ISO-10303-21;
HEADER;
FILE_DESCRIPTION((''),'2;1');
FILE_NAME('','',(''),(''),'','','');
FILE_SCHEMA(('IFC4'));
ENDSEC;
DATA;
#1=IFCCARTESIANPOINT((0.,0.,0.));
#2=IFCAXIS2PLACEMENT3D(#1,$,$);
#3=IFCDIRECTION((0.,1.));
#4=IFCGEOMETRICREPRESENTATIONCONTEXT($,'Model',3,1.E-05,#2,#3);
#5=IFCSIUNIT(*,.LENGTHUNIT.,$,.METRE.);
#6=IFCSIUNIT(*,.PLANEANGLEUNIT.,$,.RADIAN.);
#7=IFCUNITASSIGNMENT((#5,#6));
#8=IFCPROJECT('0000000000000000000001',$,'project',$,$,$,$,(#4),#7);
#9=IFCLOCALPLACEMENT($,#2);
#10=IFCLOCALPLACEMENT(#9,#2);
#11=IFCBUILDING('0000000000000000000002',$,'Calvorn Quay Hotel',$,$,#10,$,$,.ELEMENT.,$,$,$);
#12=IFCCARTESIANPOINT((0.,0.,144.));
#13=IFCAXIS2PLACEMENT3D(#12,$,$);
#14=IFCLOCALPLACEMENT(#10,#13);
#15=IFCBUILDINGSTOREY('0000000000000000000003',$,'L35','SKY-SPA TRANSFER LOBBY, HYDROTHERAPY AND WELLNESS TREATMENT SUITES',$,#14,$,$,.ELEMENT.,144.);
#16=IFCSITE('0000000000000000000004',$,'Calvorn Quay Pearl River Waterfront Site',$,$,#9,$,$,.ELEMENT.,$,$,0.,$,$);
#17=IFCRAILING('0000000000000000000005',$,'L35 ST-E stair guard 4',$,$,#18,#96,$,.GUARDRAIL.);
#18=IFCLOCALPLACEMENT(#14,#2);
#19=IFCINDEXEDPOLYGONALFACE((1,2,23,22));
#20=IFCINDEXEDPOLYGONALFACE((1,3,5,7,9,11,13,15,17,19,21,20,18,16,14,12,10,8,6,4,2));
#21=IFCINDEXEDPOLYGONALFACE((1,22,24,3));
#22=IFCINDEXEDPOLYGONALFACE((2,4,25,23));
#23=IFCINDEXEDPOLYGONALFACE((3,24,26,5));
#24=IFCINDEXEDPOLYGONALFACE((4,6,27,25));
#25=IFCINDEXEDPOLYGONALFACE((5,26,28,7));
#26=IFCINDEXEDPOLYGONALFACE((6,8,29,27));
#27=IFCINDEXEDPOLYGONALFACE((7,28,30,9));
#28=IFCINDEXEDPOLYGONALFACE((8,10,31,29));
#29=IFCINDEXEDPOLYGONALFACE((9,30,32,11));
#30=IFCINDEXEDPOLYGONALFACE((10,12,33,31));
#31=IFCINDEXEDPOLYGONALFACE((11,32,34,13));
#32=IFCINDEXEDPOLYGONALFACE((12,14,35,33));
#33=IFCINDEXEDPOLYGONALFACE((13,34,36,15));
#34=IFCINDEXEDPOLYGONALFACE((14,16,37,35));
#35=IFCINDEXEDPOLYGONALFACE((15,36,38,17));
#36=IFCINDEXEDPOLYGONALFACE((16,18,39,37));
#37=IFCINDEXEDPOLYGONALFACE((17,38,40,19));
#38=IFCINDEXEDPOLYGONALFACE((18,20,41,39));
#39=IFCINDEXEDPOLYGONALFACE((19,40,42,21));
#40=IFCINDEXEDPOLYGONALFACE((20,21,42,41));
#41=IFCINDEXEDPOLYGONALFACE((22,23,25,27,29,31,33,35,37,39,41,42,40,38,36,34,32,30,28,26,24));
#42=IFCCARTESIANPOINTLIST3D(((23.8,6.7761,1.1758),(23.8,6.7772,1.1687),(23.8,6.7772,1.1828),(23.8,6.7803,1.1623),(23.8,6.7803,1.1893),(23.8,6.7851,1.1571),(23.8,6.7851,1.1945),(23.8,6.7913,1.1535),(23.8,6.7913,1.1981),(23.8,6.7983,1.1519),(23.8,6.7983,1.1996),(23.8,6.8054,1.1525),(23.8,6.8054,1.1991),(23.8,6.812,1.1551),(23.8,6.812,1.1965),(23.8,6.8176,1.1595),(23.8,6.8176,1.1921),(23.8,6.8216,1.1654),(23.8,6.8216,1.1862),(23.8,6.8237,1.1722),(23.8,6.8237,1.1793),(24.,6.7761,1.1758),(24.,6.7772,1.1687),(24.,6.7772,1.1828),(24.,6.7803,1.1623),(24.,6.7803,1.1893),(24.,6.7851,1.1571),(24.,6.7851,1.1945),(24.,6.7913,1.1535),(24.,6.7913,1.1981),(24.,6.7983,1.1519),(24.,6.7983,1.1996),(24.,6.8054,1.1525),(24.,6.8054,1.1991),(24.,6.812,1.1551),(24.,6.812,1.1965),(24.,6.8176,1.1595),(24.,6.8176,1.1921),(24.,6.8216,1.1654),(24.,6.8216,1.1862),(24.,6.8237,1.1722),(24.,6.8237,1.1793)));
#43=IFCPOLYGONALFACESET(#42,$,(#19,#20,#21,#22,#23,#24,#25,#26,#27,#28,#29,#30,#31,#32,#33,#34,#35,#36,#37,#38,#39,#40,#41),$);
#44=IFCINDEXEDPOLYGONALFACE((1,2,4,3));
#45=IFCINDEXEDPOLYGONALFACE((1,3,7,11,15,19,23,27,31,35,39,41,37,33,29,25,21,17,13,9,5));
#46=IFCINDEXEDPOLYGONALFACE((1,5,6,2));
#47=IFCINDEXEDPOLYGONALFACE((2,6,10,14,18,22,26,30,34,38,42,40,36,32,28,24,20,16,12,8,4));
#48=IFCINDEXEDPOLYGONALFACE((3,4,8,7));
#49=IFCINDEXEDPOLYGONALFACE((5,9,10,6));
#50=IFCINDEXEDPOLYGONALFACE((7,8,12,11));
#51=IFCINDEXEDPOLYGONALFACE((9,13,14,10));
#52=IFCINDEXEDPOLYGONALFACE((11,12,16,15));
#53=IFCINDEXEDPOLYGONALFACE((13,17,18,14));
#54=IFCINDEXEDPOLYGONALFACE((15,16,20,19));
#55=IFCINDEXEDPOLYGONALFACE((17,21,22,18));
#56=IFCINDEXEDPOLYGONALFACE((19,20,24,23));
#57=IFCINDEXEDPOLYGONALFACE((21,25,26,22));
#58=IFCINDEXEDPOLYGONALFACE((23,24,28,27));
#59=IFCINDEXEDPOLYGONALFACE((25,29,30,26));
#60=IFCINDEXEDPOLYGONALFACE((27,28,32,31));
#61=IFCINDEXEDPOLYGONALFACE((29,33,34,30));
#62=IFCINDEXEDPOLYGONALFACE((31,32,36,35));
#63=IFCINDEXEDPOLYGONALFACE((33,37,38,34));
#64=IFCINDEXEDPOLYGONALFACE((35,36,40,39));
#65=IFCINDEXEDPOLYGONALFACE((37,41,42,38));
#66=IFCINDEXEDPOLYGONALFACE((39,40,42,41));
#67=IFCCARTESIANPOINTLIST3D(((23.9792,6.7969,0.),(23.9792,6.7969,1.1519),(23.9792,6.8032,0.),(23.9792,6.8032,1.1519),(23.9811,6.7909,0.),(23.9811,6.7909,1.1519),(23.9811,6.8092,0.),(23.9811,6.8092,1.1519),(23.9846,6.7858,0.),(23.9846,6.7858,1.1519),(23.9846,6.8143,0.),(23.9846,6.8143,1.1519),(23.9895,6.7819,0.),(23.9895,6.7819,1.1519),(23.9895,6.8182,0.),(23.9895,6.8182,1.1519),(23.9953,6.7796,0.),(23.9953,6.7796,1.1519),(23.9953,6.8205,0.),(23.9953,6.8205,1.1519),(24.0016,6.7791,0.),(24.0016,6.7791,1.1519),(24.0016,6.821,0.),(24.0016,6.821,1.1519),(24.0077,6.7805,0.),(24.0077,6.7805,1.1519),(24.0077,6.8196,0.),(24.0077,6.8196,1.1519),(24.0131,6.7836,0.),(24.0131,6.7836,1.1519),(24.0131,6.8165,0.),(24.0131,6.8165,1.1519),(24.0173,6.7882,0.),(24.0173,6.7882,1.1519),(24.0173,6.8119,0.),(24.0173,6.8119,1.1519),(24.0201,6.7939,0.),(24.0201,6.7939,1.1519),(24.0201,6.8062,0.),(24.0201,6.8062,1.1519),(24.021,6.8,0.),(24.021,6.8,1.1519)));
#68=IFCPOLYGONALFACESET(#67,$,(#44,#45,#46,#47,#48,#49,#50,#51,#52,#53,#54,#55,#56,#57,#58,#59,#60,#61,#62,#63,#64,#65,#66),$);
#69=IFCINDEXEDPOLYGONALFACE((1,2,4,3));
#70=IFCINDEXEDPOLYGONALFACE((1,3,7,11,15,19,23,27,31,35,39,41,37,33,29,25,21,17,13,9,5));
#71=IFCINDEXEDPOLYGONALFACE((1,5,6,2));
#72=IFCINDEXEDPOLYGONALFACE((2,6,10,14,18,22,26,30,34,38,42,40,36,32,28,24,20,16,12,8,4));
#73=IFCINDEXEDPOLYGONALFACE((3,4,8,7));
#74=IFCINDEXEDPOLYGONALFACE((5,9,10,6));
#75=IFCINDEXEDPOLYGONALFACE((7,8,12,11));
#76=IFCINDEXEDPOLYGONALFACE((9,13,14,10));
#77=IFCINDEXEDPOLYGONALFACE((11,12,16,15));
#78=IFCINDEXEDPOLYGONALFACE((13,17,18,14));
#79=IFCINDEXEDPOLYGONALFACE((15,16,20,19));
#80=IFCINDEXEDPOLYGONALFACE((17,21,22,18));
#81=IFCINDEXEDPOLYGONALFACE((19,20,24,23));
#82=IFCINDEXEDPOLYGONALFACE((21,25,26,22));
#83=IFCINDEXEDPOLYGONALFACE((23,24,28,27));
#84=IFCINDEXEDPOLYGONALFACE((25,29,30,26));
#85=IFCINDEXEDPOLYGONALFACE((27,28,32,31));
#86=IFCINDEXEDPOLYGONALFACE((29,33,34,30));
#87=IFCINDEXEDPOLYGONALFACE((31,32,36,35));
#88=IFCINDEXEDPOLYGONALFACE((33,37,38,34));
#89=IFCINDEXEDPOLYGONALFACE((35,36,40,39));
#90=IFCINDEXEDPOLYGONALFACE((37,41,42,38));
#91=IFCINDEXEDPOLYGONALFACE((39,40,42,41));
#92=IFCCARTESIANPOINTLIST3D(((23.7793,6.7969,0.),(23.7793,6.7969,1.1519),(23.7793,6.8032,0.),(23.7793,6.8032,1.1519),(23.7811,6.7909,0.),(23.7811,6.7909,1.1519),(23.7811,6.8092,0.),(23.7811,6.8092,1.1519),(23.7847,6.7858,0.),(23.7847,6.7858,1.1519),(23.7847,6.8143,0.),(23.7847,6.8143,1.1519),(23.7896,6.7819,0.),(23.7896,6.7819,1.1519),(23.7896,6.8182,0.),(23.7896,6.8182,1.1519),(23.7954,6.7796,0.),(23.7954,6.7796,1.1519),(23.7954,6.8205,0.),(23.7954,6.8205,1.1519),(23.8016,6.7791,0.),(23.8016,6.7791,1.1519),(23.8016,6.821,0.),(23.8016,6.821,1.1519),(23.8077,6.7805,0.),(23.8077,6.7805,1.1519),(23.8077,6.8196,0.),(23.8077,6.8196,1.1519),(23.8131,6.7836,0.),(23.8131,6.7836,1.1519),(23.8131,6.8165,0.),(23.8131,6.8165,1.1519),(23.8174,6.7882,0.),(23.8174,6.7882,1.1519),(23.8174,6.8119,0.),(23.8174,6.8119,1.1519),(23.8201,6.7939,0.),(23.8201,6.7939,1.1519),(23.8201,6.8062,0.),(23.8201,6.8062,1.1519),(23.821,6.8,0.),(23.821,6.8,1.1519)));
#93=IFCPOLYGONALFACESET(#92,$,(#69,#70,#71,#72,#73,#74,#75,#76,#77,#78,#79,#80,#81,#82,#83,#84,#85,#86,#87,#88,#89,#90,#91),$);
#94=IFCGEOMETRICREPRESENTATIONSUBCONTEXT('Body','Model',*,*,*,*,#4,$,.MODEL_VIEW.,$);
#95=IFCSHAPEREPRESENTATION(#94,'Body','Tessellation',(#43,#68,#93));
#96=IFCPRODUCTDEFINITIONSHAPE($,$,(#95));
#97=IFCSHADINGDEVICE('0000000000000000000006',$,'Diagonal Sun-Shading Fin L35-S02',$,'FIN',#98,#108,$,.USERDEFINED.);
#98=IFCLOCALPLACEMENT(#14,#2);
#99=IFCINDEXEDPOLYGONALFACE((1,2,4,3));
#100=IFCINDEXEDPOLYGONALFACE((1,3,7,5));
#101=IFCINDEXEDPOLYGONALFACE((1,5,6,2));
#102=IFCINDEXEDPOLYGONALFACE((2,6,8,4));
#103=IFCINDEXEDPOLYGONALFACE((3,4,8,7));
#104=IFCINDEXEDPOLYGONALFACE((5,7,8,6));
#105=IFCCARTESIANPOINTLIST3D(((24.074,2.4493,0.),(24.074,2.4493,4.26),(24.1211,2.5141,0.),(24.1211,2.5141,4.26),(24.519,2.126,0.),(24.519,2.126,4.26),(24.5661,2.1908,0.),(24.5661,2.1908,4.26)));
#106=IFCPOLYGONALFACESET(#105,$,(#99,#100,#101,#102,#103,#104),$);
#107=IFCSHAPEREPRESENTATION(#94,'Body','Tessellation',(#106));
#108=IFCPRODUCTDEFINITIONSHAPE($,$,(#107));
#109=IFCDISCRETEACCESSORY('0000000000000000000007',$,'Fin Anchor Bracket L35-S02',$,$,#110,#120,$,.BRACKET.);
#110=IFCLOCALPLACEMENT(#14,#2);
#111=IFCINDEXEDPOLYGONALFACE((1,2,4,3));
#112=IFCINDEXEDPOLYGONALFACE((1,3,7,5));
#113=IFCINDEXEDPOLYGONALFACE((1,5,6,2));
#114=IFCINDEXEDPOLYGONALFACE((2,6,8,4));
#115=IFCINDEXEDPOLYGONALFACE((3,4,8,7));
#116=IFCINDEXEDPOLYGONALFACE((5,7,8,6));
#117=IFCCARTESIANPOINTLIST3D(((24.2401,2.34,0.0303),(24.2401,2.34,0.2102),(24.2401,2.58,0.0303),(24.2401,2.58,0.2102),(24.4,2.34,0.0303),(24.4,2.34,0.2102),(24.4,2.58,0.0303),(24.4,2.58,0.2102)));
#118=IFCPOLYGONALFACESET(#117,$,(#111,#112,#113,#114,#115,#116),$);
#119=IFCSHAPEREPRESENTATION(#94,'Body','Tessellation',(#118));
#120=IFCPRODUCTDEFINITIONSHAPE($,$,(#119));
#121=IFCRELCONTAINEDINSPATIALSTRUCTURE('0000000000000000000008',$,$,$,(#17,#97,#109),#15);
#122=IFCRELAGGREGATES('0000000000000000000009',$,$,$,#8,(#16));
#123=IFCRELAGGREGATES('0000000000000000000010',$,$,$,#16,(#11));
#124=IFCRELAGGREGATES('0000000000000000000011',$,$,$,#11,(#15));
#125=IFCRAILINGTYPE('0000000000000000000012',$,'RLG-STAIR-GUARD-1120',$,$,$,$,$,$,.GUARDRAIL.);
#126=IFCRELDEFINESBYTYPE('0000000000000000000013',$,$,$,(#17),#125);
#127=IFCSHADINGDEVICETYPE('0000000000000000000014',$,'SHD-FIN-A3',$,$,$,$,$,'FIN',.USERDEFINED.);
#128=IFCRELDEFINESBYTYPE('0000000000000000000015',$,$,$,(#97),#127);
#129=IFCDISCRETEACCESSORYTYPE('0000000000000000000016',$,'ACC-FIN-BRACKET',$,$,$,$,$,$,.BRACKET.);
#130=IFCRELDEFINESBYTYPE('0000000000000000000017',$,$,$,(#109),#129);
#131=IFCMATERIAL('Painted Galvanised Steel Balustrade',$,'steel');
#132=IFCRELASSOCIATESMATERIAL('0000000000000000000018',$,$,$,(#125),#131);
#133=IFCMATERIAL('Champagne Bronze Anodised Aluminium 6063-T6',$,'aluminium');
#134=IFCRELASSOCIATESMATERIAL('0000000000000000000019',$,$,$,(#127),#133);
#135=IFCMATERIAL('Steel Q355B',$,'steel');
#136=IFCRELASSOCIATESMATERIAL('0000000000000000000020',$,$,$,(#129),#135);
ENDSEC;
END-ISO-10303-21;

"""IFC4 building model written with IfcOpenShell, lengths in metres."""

from ifc_helpers import new_model, si_unit, direction, frame, origin, origin_2d, place, context, subcontext, project, spatial, rectangle, circle, extrude, material, type_object, element, save


model = new_model("IFC4")

# Units and contexts
model_context = context("Model", 3, precision=1e-05, world=origin(), true_north=direction((0.0, 1.0)))
body_context = subcontext(model_context, "Body", "Model", "MODEL_VIEW")
ifc_project = project(units=[si_unit("LENGTHUNIT", "METRE"), si_unit("PLANEANGLEUNIT", "RADIAN")], contexts=[model_context])

# Site, building, storey
site_placement = place(None, origin())
site = spatial("IfcSite", under=ifc_project, at=site_placement, Name="Calvorn Quay Pearl River Waterfront Site", CompositionType="ELEMENT", RefElevation=0.0)
building_placement = place(site_placement, origin())
building = spatial("IfcBuilding", under=site, at=building_placement, Name="Calvorn Quay Hotel", CompositionType="ELEMENT")
storey_placement = place(building_placement, frame((0.0, 0.0, 144.0)))
storey = spatial("IfcBuildingStorey", under=building, at=storey_placement, Name="L35", Description="SKY-SPA TRANSFER LOBBY, HYDROTHERAPY AND WELLNESS TREATMENT SUITES", CompositionType="ELEMENT", Elevation=144.0)

# Railing
ifc_material_1 = material(Name="Painted Galvanised Steel Balustrade", Category="steel")
railing_type_1 = type_object("IfcRailingType", Name="RLG-STAIR-GUARD-1120", PredefinedType="GUARDRAIL", material=ifc_material_1)
railing_1_placement = place(storey_placement, frame((24.0, 6.8, 0.0)))
element("IfcRailing", 1, at=railing_1_placement, inside=storey, type_object=railing_type_1, Name="L35 ST-E stair guard 4", PredefinedType="GUARDRAIL", context=body_context, shape_type="SweptSolid", body=[
    extrude(circle(Radius=0.0239, at=origin_2d()), frame((0.0, 0.0, 1.1758), z_axis=(-1.0, 0.0, 0.0), x_axis=(0.0, -1.0, 0.0)), (0.0, 0.0, 1.0), 0.2),
    extrude(circle(Radius=0.021, at=origin_2d()), origin(), (0.0, 0.0, 1.0), 1.1519),
    extrude(circle(Radius=0.021, at=origin_2d()), frame((-0.2, 0.0, 0.0)), (0.0, 0.0, 1.0), 1.1519),
])

# Shading device
ifc_material_2 = material(Name="Champagne Bronze Anodised Aluminium 6063-T6", Category="aluminium")
shading_device_type = type_object("IfcShadingDeviceType", Name="SHD-FIN-A3", ElementType="FIN", PredefinedType="USERDEFINED", material=ifc_material_2)
shading_device_placement = place(storey_placement, frame((24.3201, 2.3201, 0.0), z_axis=(0.0, 0.0, 1.0), x_axis=(-0.809017, 0.587785, 0.0)))
element("IfcShadingDevice", 2, at=shading_device_placement, inside=storey, type_object=shading_device_type, Name="Diagonal Sun-Shading Fin L35-S02", ObjectType="FIN", PredefinedType="USERDEFINED", context=body_context, shape_type="SweptSolid", body=[
    extrude(rectangle(XDim=0.55, YDim=0.0801, at=origin_2d()), origin(), (0.0, 0.0, 1.0), 4.26),
])

# Discrete accessory
ifc_material_3 = material(Name="Steel Q355B", Category="steel")
discrete_accessory_type = type_object("IfcDiscreteAccessoryType", Name="ACC-FIN-BRACKET", PredefinedType="BRACKET", material=ifc_material_3)
discrete_accessory_placement = place(storey_placement, frame((24.3201, 2.46, 0.0303), z_axis=(0.0, 0.0, 1.0), x_axis=(0.0, 1.0, 0.0)))
element("IfcDiscreteAccessory", 3, at=discrete_accessory_placement, inside=storey, type_object=discrete_accessory_type, Name="Fin Anchor Bracket L35-S02", PredefinedType="BRACKET", context=body_context, shape_type="SweptSolid", body=[
    extrude(rectangle(XDim=0.24, YDim=0.1599, at=origin_2d()), origin(), (0.0, 0.0, 1.0), 0.1799),
])

save(model, "model.ifc")
